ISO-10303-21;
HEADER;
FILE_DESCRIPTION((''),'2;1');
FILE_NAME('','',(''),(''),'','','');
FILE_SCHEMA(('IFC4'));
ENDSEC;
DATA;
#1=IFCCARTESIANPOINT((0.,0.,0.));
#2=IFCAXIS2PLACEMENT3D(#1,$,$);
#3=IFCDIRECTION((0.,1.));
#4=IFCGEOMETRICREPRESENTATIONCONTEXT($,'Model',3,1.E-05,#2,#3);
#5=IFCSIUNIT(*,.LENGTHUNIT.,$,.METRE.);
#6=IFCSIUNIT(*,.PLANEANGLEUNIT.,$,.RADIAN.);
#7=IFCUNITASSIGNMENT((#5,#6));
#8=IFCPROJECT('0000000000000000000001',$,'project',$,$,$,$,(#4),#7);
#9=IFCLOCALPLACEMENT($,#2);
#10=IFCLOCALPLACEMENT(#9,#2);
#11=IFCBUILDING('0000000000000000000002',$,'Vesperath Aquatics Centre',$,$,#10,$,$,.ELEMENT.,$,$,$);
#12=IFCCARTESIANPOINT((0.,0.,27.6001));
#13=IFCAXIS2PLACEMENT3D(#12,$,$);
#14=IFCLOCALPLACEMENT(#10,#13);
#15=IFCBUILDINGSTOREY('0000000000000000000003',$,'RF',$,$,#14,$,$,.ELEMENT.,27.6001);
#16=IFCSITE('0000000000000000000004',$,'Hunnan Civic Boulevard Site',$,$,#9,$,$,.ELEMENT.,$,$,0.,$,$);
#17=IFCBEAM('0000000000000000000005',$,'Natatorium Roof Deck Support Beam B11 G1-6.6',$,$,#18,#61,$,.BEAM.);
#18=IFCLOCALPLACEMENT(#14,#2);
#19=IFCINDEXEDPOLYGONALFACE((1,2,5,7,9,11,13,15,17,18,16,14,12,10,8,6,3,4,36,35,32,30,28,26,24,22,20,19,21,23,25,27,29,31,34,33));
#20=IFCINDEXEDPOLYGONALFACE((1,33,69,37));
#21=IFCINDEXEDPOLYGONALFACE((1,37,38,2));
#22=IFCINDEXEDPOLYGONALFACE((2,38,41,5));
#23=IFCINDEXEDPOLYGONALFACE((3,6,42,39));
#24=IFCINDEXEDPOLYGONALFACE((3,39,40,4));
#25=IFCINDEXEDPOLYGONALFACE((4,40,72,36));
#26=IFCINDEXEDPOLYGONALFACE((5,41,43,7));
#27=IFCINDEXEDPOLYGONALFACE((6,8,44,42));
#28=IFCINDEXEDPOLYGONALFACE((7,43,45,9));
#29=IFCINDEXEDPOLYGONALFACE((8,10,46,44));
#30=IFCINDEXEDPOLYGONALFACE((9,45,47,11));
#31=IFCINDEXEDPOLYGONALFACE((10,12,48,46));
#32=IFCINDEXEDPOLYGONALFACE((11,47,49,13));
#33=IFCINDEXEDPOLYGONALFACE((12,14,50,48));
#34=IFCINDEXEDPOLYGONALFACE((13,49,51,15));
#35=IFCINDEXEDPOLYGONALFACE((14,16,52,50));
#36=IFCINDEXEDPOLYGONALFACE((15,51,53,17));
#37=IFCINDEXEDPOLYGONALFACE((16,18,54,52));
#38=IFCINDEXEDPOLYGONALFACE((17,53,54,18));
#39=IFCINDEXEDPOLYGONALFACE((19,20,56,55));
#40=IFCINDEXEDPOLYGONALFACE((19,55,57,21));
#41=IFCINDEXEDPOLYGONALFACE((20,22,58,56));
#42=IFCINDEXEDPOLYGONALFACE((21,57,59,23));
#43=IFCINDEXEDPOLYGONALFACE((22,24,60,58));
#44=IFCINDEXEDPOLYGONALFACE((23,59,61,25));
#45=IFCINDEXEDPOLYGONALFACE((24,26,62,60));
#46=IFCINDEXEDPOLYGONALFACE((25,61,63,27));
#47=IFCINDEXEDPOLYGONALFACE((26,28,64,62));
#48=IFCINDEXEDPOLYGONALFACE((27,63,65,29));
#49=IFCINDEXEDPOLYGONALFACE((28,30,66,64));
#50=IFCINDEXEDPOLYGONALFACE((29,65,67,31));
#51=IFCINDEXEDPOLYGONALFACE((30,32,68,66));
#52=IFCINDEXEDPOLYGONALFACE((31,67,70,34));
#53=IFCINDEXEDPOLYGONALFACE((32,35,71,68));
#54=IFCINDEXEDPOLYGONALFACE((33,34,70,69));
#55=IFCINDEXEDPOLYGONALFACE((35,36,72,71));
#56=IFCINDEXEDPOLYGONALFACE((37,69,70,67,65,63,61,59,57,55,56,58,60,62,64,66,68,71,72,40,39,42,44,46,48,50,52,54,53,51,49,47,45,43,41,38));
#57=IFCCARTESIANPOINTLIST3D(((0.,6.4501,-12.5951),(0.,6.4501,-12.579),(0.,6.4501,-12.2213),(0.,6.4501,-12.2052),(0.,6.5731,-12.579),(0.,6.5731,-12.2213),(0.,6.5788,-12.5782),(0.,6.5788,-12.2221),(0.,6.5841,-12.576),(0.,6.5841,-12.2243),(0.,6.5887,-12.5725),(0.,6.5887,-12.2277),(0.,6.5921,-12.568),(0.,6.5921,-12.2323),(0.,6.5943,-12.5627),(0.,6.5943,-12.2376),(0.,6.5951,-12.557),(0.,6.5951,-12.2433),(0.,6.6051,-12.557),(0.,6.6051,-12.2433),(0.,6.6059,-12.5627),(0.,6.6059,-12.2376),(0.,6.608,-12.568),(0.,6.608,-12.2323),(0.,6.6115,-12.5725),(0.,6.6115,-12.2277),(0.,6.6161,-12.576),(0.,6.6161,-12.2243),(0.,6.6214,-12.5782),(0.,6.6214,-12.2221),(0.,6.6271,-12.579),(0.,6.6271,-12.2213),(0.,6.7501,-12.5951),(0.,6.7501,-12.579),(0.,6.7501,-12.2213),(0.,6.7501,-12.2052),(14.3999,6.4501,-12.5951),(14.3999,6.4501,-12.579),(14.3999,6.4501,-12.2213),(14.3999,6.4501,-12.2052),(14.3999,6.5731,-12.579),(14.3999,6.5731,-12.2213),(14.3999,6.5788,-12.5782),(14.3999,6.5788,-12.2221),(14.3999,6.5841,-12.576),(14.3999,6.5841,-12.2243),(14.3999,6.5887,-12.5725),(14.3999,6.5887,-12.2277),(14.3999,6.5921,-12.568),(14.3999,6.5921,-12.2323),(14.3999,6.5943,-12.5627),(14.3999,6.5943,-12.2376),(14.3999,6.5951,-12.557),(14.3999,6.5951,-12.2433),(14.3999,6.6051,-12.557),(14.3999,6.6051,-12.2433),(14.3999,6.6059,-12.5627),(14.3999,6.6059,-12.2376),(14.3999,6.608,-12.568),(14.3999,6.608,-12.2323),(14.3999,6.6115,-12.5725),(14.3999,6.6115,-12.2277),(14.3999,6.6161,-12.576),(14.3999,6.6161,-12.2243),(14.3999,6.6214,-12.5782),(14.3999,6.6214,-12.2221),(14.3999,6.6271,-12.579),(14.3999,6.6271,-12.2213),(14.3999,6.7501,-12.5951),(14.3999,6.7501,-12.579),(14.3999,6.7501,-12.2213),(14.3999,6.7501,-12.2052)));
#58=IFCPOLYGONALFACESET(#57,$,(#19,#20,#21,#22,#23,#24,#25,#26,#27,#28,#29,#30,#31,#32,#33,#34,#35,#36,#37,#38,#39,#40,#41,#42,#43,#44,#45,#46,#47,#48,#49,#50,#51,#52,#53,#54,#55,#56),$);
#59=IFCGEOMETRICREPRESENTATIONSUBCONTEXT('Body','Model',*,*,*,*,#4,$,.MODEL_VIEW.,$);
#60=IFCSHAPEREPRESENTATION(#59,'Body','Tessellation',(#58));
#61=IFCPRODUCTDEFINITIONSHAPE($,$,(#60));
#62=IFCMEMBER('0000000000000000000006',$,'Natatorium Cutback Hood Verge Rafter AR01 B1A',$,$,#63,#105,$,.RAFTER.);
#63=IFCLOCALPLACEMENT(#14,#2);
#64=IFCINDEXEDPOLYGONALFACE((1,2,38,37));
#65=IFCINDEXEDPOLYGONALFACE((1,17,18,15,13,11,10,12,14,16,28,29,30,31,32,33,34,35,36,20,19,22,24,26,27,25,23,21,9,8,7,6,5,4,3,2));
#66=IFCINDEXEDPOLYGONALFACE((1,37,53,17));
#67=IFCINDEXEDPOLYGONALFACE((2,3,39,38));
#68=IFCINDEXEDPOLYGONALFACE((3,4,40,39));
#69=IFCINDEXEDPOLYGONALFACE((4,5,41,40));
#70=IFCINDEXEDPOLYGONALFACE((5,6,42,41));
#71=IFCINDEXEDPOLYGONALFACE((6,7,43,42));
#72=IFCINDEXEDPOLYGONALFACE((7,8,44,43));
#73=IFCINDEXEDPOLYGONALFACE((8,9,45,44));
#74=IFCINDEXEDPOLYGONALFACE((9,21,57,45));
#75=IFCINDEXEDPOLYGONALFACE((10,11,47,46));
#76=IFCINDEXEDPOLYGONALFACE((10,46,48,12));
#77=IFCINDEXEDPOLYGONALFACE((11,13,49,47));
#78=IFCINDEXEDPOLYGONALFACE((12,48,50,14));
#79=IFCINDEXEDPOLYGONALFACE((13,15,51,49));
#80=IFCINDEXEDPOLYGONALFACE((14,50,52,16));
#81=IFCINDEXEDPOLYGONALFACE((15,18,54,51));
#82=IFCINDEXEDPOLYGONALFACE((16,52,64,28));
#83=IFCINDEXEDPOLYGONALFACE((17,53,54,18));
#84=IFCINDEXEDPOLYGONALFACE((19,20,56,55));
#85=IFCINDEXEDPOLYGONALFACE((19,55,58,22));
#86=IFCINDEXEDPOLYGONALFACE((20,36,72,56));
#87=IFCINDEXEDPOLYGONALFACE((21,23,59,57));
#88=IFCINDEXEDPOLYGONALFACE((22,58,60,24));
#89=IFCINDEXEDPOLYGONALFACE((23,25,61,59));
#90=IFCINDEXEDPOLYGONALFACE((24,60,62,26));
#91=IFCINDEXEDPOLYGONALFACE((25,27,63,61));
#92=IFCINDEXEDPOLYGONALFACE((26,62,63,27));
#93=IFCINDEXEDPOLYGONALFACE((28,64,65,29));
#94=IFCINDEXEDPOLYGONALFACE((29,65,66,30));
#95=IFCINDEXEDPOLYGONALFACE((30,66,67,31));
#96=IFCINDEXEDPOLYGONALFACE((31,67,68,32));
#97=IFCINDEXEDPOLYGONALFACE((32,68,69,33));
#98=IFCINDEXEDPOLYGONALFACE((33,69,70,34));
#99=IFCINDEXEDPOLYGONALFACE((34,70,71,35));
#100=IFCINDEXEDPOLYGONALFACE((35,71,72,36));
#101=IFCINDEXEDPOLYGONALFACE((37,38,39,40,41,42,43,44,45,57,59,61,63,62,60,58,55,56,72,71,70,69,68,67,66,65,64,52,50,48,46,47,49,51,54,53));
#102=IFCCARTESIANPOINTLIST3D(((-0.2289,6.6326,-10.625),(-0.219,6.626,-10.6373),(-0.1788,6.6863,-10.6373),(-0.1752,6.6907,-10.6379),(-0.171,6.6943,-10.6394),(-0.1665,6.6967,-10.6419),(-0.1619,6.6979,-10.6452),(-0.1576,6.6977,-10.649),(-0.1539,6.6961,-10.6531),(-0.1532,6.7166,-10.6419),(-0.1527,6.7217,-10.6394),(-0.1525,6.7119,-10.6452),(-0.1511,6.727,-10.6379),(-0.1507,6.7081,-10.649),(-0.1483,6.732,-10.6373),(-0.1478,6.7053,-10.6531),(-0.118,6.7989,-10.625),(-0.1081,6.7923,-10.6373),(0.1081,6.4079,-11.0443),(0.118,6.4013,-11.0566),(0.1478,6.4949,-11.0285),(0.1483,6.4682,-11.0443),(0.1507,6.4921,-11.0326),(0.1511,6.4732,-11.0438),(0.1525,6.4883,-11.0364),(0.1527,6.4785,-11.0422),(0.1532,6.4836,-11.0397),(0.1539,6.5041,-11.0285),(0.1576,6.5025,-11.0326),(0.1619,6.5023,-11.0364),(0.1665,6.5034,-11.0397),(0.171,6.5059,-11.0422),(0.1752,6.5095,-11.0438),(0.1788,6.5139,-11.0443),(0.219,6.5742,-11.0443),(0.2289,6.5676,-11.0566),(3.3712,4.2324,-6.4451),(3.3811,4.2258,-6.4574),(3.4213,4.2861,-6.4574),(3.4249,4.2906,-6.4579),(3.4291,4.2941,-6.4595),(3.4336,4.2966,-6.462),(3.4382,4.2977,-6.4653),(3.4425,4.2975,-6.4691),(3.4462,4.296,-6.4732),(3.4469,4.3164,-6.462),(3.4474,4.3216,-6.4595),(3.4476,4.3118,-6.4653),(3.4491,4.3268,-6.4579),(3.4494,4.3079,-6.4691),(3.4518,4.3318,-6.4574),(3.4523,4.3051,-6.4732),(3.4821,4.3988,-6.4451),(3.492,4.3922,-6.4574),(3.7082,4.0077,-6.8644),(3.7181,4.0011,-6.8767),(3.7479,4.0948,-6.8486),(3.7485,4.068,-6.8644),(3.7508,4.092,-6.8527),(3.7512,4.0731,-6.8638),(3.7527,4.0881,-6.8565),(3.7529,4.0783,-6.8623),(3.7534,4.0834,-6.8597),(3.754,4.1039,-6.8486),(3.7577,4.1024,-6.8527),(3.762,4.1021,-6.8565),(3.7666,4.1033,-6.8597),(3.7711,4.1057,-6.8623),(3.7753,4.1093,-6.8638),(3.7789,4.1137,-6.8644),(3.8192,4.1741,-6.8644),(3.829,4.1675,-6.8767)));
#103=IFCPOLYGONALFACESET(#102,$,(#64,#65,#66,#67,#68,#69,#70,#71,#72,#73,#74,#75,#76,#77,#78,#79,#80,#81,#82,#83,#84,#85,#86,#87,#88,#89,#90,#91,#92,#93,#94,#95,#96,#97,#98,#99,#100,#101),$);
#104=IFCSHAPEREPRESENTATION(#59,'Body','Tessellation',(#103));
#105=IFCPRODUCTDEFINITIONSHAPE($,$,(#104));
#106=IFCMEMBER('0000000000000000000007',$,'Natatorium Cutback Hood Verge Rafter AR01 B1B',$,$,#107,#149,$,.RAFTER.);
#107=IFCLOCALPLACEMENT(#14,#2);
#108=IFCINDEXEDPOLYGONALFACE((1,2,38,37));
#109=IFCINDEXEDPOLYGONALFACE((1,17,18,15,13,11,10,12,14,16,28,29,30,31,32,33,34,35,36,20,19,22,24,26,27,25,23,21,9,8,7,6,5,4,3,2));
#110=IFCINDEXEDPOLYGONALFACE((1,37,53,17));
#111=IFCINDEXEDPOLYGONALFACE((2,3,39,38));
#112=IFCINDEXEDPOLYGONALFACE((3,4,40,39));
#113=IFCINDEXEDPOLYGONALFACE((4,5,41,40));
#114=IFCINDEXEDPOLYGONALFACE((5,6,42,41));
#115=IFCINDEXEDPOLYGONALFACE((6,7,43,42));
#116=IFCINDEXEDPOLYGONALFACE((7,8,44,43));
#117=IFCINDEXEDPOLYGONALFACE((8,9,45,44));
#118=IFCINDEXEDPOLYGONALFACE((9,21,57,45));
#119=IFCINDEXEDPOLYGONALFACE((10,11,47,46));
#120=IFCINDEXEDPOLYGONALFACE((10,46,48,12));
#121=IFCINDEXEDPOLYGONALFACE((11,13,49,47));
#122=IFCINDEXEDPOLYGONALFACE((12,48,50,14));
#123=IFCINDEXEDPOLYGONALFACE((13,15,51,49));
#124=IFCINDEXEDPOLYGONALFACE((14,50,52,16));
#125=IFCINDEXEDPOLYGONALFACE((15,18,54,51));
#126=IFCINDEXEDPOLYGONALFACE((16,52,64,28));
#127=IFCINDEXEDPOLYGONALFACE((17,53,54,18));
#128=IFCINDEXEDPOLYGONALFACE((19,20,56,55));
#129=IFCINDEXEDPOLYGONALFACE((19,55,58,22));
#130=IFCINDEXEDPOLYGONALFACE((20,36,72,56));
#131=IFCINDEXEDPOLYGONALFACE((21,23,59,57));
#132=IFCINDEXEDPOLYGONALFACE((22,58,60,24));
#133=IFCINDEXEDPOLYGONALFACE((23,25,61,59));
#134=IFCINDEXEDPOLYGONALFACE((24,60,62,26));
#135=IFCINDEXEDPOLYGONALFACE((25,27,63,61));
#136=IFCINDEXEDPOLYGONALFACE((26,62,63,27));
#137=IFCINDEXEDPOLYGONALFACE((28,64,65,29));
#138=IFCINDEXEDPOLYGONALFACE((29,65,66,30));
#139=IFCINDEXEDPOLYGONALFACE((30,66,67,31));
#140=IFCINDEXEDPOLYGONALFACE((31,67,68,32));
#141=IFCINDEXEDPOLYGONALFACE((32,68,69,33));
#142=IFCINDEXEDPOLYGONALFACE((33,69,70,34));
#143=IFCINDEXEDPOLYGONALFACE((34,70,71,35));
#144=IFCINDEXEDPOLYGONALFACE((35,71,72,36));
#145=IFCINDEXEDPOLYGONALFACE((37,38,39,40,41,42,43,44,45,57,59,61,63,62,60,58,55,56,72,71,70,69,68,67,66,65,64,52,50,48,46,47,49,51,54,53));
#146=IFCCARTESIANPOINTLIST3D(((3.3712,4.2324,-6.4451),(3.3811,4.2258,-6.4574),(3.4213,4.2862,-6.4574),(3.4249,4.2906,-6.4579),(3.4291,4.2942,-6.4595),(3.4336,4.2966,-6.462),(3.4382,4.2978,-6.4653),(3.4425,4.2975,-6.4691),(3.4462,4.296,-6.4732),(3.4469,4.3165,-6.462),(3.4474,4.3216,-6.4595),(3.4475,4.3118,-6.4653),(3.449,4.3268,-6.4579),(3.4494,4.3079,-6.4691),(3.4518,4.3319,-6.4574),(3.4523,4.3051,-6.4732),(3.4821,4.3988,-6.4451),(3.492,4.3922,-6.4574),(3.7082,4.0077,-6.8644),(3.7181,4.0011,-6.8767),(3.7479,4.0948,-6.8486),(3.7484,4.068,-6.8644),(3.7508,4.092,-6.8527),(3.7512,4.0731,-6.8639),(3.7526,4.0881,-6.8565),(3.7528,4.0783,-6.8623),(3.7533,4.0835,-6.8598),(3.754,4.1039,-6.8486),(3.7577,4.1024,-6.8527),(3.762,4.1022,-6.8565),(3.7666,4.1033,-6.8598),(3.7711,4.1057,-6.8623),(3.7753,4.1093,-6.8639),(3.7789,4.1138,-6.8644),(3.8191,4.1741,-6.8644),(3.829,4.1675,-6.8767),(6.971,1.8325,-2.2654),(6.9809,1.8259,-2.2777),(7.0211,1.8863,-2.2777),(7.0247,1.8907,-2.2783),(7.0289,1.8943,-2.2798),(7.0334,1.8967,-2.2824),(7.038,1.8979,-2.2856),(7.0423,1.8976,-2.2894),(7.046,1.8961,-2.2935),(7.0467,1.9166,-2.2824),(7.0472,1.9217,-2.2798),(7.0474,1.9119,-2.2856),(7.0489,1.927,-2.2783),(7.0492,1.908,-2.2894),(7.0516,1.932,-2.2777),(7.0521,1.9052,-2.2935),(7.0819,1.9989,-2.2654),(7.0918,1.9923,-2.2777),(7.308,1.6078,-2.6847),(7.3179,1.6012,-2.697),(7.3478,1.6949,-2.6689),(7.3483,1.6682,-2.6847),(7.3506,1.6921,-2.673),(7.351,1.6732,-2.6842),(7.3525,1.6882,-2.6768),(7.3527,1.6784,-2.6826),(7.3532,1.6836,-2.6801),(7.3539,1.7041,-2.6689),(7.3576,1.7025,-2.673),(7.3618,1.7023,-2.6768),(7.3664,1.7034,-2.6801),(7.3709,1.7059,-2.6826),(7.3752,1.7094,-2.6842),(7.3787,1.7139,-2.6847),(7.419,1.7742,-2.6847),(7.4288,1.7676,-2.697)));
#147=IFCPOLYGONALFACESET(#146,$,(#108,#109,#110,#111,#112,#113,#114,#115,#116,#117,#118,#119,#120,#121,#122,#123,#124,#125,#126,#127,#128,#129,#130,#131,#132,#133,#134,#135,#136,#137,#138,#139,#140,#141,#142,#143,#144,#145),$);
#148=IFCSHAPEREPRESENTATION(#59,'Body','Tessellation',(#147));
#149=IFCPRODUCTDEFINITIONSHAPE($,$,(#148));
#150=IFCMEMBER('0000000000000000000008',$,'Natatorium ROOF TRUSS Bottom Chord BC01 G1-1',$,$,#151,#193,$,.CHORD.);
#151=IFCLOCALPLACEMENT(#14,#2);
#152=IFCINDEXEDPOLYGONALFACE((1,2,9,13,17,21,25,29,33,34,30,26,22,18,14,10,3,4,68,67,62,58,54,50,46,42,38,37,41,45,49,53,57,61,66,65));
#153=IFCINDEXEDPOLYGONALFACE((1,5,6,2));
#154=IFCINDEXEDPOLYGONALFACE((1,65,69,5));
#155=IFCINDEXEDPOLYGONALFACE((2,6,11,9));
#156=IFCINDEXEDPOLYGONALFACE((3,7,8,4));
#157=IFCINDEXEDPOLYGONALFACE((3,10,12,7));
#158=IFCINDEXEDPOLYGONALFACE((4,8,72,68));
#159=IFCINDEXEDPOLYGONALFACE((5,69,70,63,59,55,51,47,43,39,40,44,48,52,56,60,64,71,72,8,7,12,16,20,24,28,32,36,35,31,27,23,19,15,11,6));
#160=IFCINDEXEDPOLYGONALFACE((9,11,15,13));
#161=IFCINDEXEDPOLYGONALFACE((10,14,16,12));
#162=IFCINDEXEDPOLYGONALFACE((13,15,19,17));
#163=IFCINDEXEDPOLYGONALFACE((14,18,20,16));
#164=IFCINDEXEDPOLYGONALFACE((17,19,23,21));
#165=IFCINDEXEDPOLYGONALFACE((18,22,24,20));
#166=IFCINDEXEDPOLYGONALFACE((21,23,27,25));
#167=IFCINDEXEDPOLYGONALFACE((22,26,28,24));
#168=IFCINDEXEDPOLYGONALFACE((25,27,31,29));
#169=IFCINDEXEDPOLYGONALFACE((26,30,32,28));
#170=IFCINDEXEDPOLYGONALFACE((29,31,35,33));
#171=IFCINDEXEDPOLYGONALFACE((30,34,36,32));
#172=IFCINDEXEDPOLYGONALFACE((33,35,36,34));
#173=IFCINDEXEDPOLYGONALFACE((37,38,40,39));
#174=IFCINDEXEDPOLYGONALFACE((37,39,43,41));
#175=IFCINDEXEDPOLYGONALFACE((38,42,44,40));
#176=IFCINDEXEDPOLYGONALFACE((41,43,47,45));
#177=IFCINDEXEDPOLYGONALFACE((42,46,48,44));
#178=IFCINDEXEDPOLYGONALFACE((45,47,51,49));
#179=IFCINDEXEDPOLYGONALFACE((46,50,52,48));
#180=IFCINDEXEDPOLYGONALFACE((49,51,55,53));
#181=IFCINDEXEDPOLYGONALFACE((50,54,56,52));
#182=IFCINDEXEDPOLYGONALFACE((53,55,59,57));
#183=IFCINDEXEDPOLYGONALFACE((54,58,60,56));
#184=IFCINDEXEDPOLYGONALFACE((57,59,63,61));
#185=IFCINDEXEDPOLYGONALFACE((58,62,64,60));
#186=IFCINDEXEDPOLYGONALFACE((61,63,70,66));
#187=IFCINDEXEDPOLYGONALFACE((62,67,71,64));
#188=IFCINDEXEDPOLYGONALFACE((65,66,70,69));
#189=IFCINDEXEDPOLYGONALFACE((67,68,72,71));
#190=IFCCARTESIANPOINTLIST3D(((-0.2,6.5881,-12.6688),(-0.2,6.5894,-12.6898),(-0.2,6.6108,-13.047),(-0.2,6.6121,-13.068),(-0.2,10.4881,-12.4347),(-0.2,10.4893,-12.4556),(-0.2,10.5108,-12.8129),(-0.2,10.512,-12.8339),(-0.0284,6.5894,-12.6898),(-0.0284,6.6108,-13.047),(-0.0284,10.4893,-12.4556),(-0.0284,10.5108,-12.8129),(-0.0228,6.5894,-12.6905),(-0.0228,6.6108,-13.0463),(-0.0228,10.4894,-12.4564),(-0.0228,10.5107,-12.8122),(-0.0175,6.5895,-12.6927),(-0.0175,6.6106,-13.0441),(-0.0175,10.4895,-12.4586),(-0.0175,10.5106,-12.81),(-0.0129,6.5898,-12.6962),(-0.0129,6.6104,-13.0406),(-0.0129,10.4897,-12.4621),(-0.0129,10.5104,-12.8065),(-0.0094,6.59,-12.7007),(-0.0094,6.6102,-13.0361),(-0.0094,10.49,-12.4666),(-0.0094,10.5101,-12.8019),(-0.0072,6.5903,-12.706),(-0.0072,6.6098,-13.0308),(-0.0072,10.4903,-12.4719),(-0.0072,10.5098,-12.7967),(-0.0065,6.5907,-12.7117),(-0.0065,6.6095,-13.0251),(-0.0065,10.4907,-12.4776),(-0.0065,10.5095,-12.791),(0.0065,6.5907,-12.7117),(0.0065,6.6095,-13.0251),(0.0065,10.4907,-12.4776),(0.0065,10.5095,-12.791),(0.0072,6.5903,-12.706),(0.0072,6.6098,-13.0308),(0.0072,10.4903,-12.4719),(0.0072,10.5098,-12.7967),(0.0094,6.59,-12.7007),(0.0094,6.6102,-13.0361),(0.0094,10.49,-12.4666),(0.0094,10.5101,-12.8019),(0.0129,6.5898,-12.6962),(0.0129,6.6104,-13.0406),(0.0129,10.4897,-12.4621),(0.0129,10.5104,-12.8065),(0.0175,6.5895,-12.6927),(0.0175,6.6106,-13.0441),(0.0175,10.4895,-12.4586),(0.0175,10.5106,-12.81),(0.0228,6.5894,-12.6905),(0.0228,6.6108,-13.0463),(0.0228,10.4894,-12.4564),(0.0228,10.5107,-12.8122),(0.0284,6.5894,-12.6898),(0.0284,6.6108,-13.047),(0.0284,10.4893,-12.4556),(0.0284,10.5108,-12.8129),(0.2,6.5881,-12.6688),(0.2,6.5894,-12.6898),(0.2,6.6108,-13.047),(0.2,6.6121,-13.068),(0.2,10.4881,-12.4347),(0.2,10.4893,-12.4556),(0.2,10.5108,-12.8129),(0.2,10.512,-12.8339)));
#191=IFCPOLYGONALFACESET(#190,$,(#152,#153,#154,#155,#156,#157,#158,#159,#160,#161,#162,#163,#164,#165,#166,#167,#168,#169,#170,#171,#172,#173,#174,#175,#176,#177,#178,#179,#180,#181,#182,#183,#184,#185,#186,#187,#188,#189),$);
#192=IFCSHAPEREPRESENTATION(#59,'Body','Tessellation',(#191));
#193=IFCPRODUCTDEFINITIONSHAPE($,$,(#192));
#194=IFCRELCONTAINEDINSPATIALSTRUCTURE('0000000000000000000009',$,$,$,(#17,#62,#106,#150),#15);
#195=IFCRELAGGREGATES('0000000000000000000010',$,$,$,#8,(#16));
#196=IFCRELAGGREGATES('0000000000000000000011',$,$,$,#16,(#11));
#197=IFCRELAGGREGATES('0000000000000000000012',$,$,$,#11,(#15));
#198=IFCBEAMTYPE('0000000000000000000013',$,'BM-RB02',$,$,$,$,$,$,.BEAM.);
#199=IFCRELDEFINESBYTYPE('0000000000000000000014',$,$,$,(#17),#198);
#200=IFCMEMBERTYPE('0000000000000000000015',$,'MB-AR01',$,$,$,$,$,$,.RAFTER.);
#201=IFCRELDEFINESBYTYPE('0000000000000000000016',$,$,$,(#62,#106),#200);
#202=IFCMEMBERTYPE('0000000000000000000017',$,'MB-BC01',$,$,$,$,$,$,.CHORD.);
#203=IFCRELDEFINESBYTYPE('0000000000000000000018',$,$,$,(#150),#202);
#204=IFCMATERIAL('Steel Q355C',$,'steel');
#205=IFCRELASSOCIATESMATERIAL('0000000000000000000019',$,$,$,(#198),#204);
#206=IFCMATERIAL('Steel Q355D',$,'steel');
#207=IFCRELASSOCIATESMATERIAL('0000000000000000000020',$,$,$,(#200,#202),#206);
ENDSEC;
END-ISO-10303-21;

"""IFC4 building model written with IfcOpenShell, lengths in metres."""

from ifc_helpers import new_model, si_unit, direction, frame, origin, origin_2d, place, context, subcontext, project, spatial, i_section, extrude, material, material_profile, profile_set, type_object, element, save


model = new_model("IFC4")

# Units and contexts
model_context = context("Model", 3, precision=1e-05, world=origin(), true_north=direction((0.0, 1.0)))
body_context = subcontext(model_context, "Body", "Model", "MODEL_VIEW")
ifc_project = project(units=[si_unit("LENGTHUNIT", "METRE"), si_unit("PLANEANGLEUNIT", "RADIAN")], contexts=[model_context])

# Site, building, storey
site_placement = place(None, origin())
site = spatial("IfcSite", under=ifc_project, at=site_placement, Name="Hunnan Civic Boulevard Site", CompositionType="ELEMENT", RefElevation=0.0)
building_placement = place(site_placement, origin())
building = spatial("IfcBuilding", under=site, at=building_placement, Name="Vesperath Aquatics Centre", CompositionType="ELEMENT")
storey_placement = place(building_placement, frame((0.0, 0.0, 27.6001)))
storey = spatial("IfcBuildingStorey", under=building, at=storey_placement, Name="RF", CompositionType="ELEMENT", Elevation=27.6001)

# Beam
ifc_material_1 = material(Name="Steel Q355C", Category="steel")
ifc_material_profile_1 = material_profile(ifc_material_1, i_section(OverallWidth=0.3, OverallDepth=0.3899, WebThickness=0.01, FlangeThickness=0.0161, FilletRadius=0.022, at=origin_2d()), Name="HM 390x300x10x16")
ifc_profile_set_1 = profile_set([ifc_material_profile_1], Name="Steel Q355C")
beam_type = type_object("IfcBeamType", Name="BM-RB02", PredefinedType="BEAM", material=ifc_profile_set_1)
beam_placement = place(storey_placement, frame((0.0, 6.6001, -12.4001), z_axis=(1.0, 0.0, 0.0), x_axis=(0.0, 1.0, 0.0)))
element("IfcBeam", 1, at=beam_placement, inside=storey, type_object=beam_type, Name="Natatorium Roof Deck Support Beam B11 G1-6.6", PredefinedType="BEAM", context=body_context, shape_type="SweptSolid", body=[
    extrude(i_section(OverallWidth=0.3, OverallDepth=0.3899, WebThickness=0.01, FlangeThickness=0.0161, FilletRadius=0.022, at=origin_2d()), origin(), (0.0, 0.0, 1.0), 14.3999),
])

# Members
ifc_material_2 = material(Name="Steel Q355D", Category="steel")
ifc_material_profile_2 = material_profile(ifc_material_2, i_section(OverallWidth=0.2, OverallDepth=0.6001, WebThickness=0.011, FlangeThickness=0.0171, FilletRadius=0.022, at=origin_2d()), Name="HN 600x200x11x17")
ifc_profile_set_2 = profile_set([ifc_material_profile_2], Name="Steel Q355D")
member_type_1 = type_object("IfcMemberType", Name="MB-AR01", PredefinedType="RAFTER", material=ifc_profile_set_2)
member_1_placement = place(storey_placement, frame((0.0, 6.6001, -10.8408), z_axis=(0.598412, -0.398955, 0.694793), x_axis=(0.554713, 0.832042, 0.0)))
element("IfcMember", 2, at=member_1_placement, inside=storey, type_object=member_type_1, Name="Natatorium Cutback Hood Verge Rafter AR01 B1A", PredefinedType="RAFTER", context=body_context, shape_type="SweptSolid", body=[
    extrude(i_section(OverallWidth=0.2, OverallDepth=0.6001, WebThickness=0.011, FlangeThickness=0.0171, FilletRadius=0.022, at=origin_2d()), origin(), (0.0, 0.0, 1.0), 6.0161),
])
member_2_placement = place(storey_placement, frame((3.6001, 4.2, -6.6609), z_axis=(0.598413, -0.398942, 0.6948), x_axis=(0.5547, 0.83205, 0.0)))
element("IfcMember", 3, at=member_2_placement, inside=storey, type_object=member_type_1, Name="Natatorium Cutback Hood Verge Rafter AR01 B1B", PredefinedType="RAFTER", context=body_context, shape_type="SweptSolid", body=[
    extrude(i_section(OverallWidth=0.2, OverallDepth=0.6001, WebThickness=0.011, FlangeThickness=0.0171, FilletRadius=0.022, at=origin_2d()), origin(), (0.0, 0.0, 1.0), 6.0156),
])
ifc_material_profile_3 = material_profile(ifc_material_2, i_section(OverallWidth=0.3999, OverallDepth=0.3999, WebThickness=0.0129, FlangeThickness=0.021, FilletRadius=0.022, at=origin_2d()), Name="HW 400x400x13x21")
ifc_profile_set_3 = profile_set([ifc_material_profile_3], Name="Steel Q355D")
member_type_2 = type_object("IfcMemberType", Name="MB-BC01", PredefinedType="CHORD", material=ifc_profile_set_3)
member_3_placement = place(storey_placement, frame((0.0, 6.6001, -12.8684), z_axis=(0.0, 0.998203, 0.059927), x_axis=(-1.0, 0.0, 0.0)))
element("IfcMember", 4, at=member_3_placement, inside=storey, type_object=member_type_2, Name="Natatorium ROOF TRUSS Bottom Chord BC01 G1-1", PredefinedType="CHORD", context=body_context, shape_type="SweptSolid", body=[
    extrude(i_section(OverallWidth=0.3999, OverallDepth=0.3999, WebThickness=0.0129, FlangeThickness=0.021, FilletRadius=0.022, at=origin_2d()), origin(), (0.0, 0.0, 1.0), 3.907),
])

save(model, "model.ifc")
